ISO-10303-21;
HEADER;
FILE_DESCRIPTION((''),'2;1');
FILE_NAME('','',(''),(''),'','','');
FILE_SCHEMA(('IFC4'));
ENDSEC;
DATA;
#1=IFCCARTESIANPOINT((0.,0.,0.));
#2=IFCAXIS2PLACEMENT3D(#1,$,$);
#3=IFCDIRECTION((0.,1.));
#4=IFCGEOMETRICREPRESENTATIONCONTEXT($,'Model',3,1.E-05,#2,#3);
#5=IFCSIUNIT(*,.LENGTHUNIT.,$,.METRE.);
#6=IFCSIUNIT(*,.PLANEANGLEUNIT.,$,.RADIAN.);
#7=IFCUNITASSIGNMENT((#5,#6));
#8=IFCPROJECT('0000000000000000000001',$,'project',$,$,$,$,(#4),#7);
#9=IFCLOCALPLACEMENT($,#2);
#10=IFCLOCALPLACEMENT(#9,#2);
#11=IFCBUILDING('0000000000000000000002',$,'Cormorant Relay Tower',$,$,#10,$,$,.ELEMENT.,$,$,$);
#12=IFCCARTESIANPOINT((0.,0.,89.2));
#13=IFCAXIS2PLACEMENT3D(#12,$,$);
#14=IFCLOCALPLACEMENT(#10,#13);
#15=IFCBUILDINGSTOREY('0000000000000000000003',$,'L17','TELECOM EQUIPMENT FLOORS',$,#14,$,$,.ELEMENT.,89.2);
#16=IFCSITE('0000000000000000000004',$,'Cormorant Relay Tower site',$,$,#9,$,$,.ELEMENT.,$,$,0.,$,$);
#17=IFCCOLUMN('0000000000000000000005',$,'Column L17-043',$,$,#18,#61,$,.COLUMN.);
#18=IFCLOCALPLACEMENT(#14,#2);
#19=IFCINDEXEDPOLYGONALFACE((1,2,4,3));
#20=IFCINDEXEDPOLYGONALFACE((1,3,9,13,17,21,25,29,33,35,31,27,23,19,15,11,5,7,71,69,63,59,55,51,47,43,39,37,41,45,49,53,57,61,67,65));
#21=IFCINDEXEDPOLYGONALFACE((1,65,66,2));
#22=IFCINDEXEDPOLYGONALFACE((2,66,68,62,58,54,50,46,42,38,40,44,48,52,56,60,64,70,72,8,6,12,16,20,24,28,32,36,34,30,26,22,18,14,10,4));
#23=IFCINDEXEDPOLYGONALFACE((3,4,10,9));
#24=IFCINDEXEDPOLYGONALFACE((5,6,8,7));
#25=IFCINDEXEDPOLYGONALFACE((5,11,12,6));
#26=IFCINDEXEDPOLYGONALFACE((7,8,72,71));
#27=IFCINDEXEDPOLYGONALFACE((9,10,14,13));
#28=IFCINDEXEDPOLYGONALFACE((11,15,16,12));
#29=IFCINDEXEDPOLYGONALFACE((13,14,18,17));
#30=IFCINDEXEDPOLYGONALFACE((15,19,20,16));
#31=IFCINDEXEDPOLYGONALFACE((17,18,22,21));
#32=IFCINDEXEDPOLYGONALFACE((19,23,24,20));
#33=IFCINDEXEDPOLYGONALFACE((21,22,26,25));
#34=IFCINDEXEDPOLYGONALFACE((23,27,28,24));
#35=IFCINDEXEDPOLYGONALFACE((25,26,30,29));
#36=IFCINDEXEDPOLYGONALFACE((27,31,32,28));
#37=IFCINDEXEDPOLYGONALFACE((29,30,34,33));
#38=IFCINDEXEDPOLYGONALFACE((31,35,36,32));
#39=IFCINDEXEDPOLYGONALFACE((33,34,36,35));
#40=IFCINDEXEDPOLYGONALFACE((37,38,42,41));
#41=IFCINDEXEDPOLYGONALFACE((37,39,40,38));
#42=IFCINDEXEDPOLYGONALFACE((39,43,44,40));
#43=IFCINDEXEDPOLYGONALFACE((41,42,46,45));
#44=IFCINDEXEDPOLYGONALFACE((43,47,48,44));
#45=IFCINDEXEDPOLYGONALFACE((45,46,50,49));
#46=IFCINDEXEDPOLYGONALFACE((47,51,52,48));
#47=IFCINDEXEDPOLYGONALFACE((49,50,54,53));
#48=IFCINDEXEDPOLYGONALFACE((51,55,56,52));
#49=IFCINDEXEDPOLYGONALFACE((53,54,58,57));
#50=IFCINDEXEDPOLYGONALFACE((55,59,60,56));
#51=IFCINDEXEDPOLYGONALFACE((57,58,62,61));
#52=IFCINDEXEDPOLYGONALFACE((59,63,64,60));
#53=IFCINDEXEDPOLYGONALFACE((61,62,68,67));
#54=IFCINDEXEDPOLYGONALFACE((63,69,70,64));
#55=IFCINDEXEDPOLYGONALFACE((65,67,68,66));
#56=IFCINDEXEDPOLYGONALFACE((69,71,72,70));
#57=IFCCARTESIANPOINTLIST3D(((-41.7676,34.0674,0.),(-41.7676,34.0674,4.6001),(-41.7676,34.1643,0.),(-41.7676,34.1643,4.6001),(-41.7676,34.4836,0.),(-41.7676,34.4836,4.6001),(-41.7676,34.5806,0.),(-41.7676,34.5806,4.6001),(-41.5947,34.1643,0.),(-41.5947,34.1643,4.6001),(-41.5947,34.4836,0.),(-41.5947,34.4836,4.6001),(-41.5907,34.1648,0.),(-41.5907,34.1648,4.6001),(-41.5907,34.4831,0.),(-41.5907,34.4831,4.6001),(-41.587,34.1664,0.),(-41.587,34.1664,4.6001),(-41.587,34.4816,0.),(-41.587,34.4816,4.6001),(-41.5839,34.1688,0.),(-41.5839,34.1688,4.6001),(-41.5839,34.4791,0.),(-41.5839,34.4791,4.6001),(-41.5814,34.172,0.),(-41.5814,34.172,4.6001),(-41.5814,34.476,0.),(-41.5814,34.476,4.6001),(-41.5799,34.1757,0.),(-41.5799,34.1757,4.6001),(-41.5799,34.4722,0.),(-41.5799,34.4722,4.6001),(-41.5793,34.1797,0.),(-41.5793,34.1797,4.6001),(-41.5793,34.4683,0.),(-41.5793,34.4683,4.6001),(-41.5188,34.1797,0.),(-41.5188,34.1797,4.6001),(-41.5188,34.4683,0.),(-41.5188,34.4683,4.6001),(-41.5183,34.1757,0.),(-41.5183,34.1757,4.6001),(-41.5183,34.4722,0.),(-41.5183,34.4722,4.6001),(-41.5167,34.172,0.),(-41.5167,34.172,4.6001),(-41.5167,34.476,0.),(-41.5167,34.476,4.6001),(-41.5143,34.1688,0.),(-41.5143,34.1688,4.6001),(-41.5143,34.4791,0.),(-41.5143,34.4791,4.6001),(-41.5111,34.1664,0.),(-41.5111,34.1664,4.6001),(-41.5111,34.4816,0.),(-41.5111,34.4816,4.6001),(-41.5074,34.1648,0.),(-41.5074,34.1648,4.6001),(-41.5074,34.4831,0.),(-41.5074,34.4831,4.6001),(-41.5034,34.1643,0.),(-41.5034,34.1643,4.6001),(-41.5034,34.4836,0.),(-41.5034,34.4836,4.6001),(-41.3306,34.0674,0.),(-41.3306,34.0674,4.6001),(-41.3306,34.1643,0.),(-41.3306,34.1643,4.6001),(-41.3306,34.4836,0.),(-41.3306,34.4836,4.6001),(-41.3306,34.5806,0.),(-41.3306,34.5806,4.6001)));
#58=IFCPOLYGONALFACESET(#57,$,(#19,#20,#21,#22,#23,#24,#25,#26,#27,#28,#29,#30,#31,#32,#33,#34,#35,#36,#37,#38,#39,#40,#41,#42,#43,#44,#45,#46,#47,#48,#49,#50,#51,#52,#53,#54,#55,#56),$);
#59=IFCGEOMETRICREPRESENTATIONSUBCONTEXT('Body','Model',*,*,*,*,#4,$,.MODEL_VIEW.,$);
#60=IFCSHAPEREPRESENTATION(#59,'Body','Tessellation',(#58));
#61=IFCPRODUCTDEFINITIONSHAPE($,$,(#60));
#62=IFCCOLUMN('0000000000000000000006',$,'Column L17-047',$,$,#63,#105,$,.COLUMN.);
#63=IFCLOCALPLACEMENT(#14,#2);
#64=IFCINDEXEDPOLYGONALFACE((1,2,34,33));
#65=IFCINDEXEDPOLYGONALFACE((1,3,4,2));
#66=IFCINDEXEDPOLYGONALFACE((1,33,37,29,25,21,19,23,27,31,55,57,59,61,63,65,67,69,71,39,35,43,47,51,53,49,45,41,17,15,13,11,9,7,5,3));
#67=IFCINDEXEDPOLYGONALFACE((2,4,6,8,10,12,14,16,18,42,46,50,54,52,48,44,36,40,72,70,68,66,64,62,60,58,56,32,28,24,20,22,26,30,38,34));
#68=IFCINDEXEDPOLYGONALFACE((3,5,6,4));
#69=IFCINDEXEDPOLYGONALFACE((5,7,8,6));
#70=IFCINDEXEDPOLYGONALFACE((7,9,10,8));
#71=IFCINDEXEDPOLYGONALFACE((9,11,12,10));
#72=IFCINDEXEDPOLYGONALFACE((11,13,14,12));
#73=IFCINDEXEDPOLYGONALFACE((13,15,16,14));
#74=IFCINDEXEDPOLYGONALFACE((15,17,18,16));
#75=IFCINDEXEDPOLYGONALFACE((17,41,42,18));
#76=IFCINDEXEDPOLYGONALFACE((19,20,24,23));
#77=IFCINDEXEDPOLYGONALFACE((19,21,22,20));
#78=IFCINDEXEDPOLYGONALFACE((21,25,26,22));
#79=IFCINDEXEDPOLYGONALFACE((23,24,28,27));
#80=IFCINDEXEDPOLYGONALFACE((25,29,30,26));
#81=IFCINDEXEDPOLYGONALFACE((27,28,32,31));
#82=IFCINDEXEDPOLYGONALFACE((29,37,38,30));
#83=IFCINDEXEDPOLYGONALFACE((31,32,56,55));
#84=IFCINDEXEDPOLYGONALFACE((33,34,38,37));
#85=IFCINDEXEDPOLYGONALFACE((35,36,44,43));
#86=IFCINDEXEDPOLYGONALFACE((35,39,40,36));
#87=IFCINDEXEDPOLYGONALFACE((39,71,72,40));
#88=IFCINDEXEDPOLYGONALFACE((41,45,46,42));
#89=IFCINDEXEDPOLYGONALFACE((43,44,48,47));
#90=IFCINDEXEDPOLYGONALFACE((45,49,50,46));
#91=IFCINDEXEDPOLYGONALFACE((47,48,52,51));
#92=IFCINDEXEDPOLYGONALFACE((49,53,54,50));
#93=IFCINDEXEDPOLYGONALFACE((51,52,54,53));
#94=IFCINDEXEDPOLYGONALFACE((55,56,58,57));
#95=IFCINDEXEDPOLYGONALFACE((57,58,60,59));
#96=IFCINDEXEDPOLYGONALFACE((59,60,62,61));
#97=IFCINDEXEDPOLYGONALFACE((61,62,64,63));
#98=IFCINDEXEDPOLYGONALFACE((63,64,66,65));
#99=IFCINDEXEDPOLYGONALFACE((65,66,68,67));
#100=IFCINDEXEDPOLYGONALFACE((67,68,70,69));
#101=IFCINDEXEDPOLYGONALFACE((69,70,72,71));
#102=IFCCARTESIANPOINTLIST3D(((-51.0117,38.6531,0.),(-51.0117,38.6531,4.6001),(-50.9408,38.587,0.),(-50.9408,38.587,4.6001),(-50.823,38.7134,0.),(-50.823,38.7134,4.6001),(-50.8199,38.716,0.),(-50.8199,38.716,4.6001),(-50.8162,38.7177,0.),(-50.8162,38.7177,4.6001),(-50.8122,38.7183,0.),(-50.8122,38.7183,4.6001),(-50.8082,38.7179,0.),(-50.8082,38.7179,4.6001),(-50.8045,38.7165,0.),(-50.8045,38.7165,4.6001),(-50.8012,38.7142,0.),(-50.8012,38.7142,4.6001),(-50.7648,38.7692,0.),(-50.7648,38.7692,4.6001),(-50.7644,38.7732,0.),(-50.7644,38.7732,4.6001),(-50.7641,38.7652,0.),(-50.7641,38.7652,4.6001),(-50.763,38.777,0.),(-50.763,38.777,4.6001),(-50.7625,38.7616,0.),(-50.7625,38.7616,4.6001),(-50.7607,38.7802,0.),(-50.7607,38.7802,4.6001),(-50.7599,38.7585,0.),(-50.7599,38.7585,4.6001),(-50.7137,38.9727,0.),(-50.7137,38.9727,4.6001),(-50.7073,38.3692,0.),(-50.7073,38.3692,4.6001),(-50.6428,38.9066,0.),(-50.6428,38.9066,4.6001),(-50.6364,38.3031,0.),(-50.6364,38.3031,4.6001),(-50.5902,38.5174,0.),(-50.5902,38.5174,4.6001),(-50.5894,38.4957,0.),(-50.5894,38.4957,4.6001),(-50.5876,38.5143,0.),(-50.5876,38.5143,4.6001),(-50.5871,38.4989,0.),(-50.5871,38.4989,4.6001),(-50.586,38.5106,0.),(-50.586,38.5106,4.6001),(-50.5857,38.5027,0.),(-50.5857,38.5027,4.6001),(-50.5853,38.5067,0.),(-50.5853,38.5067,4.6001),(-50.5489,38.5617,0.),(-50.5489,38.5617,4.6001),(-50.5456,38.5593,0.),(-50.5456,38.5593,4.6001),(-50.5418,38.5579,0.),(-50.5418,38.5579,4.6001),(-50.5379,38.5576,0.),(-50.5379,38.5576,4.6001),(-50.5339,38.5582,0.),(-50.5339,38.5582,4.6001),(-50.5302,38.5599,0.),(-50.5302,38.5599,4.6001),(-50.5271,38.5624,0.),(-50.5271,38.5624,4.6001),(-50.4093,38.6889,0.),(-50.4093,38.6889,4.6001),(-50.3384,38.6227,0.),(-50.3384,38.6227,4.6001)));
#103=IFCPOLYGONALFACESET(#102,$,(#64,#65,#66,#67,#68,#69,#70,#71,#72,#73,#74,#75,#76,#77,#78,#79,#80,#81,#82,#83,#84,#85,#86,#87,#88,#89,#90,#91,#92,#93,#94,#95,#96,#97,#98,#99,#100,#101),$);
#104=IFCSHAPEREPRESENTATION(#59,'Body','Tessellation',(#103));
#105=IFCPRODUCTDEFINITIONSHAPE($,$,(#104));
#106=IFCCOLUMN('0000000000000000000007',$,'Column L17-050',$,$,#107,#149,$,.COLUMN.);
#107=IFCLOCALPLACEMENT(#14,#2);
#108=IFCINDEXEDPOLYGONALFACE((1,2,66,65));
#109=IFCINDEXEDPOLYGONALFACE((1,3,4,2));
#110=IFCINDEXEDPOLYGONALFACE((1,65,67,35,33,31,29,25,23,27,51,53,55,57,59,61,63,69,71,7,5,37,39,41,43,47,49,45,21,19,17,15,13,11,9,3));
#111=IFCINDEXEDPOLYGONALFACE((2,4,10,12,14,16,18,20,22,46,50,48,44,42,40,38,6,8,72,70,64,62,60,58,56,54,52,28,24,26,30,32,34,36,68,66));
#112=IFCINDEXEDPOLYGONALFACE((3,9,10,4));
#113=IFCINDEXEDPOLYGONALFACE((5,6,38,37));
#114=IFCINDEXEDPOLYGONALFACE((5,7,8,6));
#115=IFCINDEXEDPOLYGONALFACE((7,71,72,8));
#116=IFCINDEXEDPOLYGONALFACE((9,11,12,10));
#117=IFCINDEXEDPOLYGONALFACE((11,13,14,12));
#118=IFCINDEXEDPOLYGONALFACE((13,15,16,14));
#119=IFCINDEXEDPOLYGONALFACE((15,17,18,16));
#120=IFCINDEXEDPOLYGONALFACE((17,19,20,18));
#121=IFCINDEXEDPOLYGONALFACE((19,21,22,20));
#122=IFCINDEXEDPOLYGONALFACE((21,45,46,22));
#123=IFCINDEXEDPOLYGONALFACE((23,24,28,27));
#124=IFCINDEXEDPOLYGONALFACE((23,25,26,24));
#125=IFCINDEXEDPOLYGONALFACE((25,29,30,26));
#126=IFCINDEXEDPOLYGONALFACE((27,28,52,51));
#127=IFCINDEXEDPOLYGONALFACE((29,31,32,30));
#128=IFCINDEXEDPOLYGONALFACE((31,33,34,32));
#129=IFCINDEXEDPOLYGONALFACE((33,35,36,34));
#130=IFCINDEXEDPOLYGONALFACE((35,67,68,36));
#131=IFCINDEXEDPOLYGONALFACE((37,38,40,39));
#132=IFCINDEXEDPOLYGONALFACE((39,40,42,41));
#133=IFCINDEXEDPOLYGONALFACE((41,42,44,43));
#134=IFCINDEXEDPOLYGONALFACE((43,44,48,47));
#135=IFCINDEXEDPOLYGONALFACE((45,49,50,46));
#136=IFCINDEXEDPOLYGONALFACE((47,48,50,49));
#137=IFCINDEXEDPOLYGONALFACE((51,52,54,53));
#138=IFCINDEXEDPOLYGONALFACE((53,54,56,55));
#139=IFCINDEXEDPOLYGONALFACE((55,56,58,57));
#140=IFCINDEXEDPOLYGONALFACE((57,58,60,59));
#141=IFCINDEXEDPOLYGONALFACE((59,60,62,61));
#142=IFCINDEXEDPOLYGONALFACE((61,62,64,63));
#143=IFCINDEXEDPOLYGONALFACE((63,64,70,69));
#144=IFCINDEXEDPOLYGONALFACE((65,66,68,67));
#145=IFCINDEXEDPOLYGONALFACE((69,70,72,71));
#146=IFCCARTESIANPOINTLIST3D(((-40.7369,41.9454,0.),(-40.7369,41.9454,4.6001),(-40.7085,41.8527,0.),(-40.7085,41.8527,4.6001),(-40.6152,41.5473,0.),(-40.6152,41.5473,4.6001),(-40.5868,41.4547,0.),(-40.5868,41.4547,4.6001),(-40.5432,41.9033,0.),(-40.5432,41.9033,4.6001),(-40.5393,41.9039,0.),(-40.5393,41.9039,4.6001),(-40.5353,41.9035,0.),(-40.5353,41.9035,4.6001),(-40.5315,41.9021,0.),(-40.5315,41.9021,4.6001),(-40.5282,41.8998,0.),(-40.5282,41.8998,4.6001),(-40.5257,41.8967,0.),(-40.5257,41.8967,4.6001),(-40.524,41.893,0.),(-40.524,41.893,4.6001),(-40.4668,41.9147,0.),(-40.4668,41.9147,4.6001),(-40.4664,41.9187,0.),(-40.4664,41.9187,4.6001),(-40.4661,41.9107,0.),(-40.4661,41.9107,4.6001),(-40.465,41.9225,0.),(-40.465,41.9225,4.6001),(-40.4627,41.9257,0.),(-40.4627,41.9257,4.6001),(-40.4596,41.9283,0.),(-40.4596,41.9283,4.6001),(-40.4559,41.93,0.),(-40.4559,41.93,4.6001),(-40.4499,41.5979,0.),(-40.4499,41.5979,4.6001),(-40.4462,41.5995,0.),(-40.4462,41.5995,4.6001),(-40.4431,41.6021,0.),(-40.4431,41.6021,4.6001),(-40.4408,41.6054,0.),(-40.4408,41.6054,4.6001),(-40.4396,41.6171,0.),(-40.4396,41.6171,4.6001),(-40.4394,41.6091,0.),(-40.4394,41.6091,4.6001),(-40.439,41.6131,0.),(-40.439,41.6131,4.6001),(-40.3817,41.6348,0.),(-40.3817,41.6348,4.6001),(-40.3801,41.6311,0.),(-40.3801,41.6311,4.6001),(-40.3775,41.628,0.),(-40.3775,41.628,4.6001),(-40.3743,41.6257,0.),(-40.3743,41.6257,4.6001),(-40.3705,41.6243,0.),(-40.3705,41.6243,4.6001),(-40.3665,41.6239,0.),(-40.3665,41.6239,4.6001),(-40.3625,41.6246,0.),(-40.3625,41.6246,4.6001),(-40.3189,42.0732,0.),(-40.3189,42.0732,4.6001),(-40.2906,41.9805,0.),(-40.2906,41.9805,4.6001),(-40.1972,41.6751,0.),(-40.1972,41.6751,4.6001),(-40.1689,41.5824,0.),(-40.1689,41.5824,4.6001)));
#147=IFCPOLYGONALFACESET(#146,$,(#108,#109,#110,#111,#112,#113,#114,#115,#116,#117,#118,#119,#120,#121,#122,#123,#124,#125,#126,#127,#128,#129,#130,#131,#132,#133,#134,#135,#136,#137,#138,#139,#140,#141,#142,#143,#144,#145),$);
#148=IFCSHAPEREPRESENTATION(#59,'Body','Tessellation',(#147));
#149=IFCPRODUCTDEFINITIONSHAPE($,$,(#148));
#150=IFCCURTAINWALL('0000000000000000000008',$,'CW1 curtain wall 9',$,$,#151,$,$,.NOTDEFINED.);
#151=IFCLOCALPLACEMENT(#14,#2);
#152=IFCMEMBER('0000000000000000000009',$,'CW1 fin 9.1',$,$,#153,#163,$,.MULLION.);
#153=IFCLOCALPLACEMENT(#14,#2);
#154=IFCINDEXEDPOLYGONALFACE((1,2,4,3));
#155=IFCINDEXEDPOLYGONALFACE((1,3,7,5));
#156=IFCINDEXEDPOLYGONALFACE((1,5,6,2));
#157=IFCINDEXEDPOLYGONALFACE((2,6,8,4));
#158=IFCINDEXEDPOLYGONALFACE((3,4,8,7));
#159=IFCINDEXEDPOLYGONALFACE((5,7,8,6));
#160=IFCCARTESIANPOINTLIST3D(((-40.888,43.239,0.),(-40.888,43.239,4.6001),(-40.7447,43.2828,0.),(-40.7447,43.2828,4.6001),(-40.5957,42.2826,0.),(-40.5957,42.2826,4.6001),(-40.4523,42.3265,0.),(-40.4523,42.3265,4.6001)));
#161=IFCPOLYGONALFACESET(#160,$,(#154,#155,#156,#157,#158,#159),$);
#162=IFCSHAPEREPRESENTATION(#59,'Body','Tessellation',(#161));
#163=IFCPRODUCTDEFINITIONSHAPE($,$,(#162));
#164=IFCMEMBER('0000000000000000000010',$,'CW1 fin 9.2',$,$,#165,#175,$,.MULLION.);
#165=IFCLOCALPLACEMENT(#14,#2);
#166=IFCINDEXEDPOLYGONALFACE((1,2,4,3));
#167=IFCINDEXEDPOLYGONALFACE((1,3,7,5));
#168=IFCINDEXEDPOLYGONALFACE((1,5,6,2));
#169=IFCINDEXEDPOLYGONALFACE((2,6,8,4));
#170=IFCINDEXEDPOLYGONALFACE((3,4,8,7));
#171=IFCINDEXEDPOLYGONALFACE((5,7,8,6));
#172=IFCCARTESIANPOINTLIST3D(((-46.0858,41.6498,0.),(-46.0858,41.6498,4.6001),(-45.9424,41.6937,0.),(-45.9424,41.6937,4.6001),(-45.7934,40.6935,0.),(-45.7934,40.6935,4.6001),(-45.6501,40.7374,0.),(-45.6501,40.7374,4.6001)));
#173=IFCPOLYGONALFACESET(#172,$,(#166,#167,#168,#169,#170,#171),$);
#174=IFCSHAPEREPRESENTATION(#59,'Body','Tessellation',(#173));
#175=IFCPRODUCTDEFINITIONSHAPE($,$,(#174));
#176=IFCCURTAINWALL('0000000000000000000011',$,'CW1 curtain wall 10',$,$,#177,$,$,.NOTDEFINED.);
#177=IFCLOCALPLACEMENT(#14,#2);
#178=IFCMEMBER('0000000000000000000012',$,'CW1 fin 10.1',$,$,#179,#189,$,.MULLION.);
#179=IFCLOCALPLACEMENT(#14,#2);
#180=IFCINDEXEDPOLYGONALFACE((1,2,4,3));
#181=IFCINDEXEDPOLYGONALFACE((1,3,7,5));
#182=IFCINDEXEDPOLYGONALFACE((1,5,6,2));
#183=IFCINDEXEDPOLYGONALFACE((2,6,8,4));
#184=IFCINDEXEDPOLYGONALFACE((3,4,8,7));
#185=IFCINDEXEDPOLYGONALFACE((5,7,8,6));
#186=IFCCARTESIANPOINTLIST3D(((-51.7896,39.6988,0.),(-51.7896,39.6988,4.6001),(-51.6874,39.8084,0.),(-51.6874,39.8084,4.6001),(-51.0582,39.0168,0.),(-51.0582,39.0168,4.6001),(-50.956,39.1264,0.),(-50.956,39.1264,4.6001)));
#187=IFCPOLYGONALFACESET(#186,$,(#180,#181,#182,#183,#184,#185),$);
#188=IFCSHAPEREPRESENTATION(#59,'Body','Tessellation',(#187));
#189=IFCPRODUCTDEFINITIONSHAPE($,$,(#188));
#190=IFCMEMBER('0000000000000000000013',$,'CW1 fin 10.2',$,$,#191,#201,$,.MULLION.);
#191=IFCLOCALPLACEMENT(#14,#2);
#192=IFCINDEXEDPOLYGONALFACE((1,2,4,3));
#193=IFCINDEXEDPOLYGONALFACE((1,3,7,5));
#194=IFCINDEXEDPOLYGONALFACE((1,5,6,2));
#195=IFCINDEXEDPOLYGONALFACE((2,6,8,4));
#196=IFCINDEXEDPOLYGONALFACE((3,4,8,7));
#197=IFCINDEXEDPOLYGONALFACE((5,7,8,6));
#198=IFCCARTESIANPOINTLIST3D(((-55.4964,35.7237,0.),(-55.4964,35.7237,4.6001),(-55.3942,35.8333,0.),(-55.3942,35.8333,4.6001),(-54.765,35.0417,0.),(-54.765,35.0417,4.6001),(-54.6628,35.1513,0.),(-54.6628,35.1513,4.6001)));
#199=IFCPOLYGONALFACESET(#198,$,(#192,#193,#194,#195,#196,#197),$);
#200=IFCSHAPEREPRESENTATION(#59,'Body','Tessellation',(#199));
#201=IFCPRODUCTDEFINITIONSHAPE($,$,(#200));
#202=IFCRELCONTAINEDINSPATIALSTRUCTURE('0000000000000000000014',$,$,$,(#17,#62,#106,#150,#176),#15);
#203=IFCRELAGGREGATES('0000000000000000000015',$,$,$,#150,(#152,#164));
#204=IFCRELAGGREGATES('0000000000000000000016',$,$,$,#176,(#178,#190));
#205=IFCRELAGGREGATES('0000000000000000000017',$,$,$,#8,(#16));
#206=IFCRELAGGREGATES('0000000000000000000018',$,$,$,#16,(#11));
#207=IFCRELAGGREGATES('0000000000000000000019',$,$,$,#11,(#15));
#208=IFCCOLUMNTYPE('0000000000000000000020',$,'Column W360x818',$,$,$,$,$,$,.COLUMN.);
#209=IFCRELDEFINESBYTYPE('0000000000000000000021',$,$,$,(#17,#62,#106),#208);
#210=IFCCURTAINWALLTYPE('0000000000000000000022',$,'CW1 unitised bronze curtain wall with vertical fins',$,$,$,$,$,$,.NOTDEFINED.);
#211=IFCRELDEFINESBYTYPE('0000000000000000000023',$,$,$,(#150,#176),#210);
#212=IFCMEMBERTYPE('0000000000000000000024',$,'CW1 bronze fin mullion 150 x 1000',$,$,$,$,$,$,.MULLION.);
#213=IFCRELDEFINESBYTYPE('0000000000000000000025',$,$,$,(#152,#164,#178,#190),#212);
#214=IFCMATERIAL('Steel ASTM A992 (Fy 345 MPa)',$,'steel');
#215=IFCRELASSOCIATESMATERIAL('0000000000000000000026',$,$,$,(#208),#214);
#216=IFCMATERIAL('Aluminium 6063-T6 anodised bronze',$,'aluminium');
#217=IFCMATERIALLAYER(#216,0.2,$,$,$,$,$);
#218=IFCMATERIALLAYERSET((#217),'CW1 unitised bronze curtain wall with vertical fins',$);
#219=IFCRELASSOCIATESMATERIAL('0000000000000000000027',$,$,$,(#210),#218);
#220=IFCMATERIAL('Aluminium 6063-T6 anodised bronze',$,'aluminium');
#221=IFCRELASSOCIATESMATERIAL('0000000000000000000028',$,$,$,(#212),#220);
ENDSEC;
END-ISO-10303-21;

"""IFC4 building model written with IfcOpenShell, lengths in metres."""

from ifc_helpers import new_model, si_unit, direction, frame, origin, origin_2d, place, context, subcontext, project, spatial, rectangle, i_section, extrude, material, layer, layer_set, material_profile, profile_set, type_object, element, aggregate, save


model = new_model("IFC4")

# Units and contexts
model_context = context("Model", 3, precision=1e-05, world=origin(), true_north=direction((0.0, 1.0)))
body_context = subcontext(model_context, "Body", "Model", "MODEL_VIEW")
ifc_project = project(units=[si_unit("LENGTHUNIT", "METRE"), si_unit("PLANEANGLEUNIT", "RADIAN")], contexts=[model_context])

# Site, building, storey
site_placement = place(None, origin())
site = spatial("IfcSite", under=ifc_project, at=site_placement, Name="Cormorant Relay Tower site", CompositionType="ELEMENT", RefElevation=0.0)
building_placement = place(site_placement, origin())
building = spatial("IfcBuilding", under=site, at=building_placement, Name="Cormorant Relay Tower", CompositionType="ELEMENT")
storey_placement = place(building_placement, frame((0.0, 0.0, 89.2)))
storey = spatial("IfcBuildingStorey", under=building, at=storey_placement, Name="L17", Description="TELECOM EQUIPMENT FLOORS", CompositionType="ELEMENT", Elevation=89.2)

# Columns
ifc_material_1 = material(Name="Steel ASTM A992 (Fy 345 MPa)", Category="steel")
ifc_material_profile_1 = material_profile(ifc_material_1, i_section(OverallWidth=0.437, OverallDepth=0.5132, WebThickness=0.0605, FlangeThickness=0.0969, FilletRadius=0.0154, at=origin_2d()), Name="W360x818")
ifc_profile_set_1 = profile_set([ifc_material_profile_1], Name="Steel ASTM A992 (Fy 345 MPa)")
column_type = type_object("IfcColumnType", Name="Column W360x818", PredefinedType="COLUMN", material=ifc_profile_set_1)
for number, where, z_axis, x_axis, name in (
    (1, (-41.5491, 34.324, 0.0), (0.0, 0.0, 1.0), (1.0, 0.0, 0.0), "Column L17-043"),
    (2, (-50.675, 38.6379, 0.0), (0.0, 0.0, 1.0), (-0.681998, -0.731354, 0.0), "Column L17-047"),
    (3, (-40.4529, 41.7639, 0.0), (0.0, 0.0, 1.0), (-0.956305, -0.292372, 0.0), "Column L17-050"),
):
    element("IfcColumn", number, at=place(storey_placement, frame(where, z_axis=z_axis, x_axis=x_axis)), inside=storey, type_object=column_type, Name=name, PredefinedType="COLUMN", context=body_context, shape_type="SweptSolid", body=[
        extrude(i_section(OverallWidth=0.437, OverallDepth=0.5132, WebThickness=0.0605, FlangeThickness=0.0969, FilletRadius=0.0154, at=origin_2d()), origin(), (0.0, 0.0, 1.0), 4.6001),
    ])

# Curtain walls, members
ifc_material_2 = material(Name="Aluminium 6063-T6 anodised bronze", Category="aluminium")
ifc_layer_1 = layer(ifc_material_2, 0.2)
ifc_layer_set_1 = layer_set([ifc_layer_1], Name="CW1 unitised bronze curtain wall with vertical fins")
curtain_wall_type = type_object("IfcCurtainWallType", Name="CW1 unitised bronze curtain wall with vertical fins", PredefinedType="NOTDEFINED", material=ifc_layer_set_1)
curtain_wall_1_placement = place(storey_placement, origin())
curtain_wall_1 = element("IfcCurtainWall", 4, at=curtain_wall_1_placement, inside=storey, type_object=curtain_wall_type, Name="CW1 curtain wall 9", PredefinedType="NOTDEFINED")
ifc_material_3 = material(Name="Aluminium 6063-T6 anodised bronze", Category="aluminium")
ifc_material_profile_2 = material_profile(ifc_material_3, rectangle(XDim=0.1499, YDim=1.0, at=origin_2d()), Name="AL 150x1000")
ifc_profile_set_2 = profile_set([ifc_material_profile_2], Name="Aluminium 6063-T6 anodised bronze")
member_type_1 = type_object("IfcMemberType", Name="CW1 bronze fin mullion 150 x 1000", PredefinedType="MULLION", material=ifc_profile_set_2)
member_1_placement = place(storey_placement, frame((-40.6702, 42.7827, 0.0), z_axis=(0.0, 0.0, 1.0), x_axis=(-0.956305, -0.292372, 0.0)))
member_1 = element("IfcMember", 5, at=member_1_placement, type_object=member_type_1, Name="CW1 fin 9.1", PredefinedType="MULLION", context=body_context, shape_type="SweptSolid", body=[
    extrude(rectangle(XDim=0.1499, YDim=1.0, at=origin_2d()), origin(), (0.0, 0.0, 1.0), 4.6001),
])
member_2_placement = place(storey_placement, frame((-45.8679, 41.1936, 0.0), z_axis=(0.0, 0.0, 1.0), x_axis=(-0.956305, -0.292372, 0.0)))
member_2 = element("IfcMember", 6, at=member_2_placement, type_object=member_type_1, Name="CW1 fin 9.2", PredefinedType="MULLION", context=body_context, shape_type="SweptSolid", body=[
    extrude(rectangle(XDim=0.1499, YDim=1.0, at=origin_2d()), origin(), (0.0, 0.0, 1.0), 4.6001),
])
curtain_wall_2_placement = place(storey_placement, origin())
curtain_wall_2 = element("IfcCurtainWall", 7, at=curtain_wall_2_placement, inside=storey, type_object=curtain_wall_type, Name="CW1 curtain wall 10", PredefinedType="NOTDEFINED")
member_3_placement = place(storey_placement, frame((-51.3728, 39.4126, 0.0), z_axis=(0.0, 0.0, 1.0), x_axis=(-0.681998, -0.731354, 0.0)))
member_3 = element("IfcMember", 8, at=member_3_placement, type_object=member_type_1, Name="CW1 fin 10.1", PredefinedType="MULLION", context=body_context, shape_type="SweptSolid", body=[
    extrude(rectangle(XDim=0.1499, YDim=1.0, at=origin_2d()), origin(), (0.0, 0.0, 1.0), 4.6001),
])
member_4_placement = place(storey_placement, frame((-55.0796, 35.4375, 0.0), z_axis=(0.0, 0.0, 1.0), x_axis=(-0.681998, -0.731354, 0.0)))
member_4 = element("IfcMember", 9, at=member_4_placement, type_object=member_type_1, Name="CW1 fin 10.2", PredefinedType="MULLION", context=body_context, shape_type="SweptSolid", body=[
    extrude(rectangle(XDim=0.1499, YDim=1.0, at=origin_2d()), origin(), (0.0, 0.0, 1.0), 4.6001),
])

aggregate(curtain_wall_1, [member_1, member_2])
aggregate(curtain_wall_2, [member_3, member_4])

save(model, "model.ifc")
